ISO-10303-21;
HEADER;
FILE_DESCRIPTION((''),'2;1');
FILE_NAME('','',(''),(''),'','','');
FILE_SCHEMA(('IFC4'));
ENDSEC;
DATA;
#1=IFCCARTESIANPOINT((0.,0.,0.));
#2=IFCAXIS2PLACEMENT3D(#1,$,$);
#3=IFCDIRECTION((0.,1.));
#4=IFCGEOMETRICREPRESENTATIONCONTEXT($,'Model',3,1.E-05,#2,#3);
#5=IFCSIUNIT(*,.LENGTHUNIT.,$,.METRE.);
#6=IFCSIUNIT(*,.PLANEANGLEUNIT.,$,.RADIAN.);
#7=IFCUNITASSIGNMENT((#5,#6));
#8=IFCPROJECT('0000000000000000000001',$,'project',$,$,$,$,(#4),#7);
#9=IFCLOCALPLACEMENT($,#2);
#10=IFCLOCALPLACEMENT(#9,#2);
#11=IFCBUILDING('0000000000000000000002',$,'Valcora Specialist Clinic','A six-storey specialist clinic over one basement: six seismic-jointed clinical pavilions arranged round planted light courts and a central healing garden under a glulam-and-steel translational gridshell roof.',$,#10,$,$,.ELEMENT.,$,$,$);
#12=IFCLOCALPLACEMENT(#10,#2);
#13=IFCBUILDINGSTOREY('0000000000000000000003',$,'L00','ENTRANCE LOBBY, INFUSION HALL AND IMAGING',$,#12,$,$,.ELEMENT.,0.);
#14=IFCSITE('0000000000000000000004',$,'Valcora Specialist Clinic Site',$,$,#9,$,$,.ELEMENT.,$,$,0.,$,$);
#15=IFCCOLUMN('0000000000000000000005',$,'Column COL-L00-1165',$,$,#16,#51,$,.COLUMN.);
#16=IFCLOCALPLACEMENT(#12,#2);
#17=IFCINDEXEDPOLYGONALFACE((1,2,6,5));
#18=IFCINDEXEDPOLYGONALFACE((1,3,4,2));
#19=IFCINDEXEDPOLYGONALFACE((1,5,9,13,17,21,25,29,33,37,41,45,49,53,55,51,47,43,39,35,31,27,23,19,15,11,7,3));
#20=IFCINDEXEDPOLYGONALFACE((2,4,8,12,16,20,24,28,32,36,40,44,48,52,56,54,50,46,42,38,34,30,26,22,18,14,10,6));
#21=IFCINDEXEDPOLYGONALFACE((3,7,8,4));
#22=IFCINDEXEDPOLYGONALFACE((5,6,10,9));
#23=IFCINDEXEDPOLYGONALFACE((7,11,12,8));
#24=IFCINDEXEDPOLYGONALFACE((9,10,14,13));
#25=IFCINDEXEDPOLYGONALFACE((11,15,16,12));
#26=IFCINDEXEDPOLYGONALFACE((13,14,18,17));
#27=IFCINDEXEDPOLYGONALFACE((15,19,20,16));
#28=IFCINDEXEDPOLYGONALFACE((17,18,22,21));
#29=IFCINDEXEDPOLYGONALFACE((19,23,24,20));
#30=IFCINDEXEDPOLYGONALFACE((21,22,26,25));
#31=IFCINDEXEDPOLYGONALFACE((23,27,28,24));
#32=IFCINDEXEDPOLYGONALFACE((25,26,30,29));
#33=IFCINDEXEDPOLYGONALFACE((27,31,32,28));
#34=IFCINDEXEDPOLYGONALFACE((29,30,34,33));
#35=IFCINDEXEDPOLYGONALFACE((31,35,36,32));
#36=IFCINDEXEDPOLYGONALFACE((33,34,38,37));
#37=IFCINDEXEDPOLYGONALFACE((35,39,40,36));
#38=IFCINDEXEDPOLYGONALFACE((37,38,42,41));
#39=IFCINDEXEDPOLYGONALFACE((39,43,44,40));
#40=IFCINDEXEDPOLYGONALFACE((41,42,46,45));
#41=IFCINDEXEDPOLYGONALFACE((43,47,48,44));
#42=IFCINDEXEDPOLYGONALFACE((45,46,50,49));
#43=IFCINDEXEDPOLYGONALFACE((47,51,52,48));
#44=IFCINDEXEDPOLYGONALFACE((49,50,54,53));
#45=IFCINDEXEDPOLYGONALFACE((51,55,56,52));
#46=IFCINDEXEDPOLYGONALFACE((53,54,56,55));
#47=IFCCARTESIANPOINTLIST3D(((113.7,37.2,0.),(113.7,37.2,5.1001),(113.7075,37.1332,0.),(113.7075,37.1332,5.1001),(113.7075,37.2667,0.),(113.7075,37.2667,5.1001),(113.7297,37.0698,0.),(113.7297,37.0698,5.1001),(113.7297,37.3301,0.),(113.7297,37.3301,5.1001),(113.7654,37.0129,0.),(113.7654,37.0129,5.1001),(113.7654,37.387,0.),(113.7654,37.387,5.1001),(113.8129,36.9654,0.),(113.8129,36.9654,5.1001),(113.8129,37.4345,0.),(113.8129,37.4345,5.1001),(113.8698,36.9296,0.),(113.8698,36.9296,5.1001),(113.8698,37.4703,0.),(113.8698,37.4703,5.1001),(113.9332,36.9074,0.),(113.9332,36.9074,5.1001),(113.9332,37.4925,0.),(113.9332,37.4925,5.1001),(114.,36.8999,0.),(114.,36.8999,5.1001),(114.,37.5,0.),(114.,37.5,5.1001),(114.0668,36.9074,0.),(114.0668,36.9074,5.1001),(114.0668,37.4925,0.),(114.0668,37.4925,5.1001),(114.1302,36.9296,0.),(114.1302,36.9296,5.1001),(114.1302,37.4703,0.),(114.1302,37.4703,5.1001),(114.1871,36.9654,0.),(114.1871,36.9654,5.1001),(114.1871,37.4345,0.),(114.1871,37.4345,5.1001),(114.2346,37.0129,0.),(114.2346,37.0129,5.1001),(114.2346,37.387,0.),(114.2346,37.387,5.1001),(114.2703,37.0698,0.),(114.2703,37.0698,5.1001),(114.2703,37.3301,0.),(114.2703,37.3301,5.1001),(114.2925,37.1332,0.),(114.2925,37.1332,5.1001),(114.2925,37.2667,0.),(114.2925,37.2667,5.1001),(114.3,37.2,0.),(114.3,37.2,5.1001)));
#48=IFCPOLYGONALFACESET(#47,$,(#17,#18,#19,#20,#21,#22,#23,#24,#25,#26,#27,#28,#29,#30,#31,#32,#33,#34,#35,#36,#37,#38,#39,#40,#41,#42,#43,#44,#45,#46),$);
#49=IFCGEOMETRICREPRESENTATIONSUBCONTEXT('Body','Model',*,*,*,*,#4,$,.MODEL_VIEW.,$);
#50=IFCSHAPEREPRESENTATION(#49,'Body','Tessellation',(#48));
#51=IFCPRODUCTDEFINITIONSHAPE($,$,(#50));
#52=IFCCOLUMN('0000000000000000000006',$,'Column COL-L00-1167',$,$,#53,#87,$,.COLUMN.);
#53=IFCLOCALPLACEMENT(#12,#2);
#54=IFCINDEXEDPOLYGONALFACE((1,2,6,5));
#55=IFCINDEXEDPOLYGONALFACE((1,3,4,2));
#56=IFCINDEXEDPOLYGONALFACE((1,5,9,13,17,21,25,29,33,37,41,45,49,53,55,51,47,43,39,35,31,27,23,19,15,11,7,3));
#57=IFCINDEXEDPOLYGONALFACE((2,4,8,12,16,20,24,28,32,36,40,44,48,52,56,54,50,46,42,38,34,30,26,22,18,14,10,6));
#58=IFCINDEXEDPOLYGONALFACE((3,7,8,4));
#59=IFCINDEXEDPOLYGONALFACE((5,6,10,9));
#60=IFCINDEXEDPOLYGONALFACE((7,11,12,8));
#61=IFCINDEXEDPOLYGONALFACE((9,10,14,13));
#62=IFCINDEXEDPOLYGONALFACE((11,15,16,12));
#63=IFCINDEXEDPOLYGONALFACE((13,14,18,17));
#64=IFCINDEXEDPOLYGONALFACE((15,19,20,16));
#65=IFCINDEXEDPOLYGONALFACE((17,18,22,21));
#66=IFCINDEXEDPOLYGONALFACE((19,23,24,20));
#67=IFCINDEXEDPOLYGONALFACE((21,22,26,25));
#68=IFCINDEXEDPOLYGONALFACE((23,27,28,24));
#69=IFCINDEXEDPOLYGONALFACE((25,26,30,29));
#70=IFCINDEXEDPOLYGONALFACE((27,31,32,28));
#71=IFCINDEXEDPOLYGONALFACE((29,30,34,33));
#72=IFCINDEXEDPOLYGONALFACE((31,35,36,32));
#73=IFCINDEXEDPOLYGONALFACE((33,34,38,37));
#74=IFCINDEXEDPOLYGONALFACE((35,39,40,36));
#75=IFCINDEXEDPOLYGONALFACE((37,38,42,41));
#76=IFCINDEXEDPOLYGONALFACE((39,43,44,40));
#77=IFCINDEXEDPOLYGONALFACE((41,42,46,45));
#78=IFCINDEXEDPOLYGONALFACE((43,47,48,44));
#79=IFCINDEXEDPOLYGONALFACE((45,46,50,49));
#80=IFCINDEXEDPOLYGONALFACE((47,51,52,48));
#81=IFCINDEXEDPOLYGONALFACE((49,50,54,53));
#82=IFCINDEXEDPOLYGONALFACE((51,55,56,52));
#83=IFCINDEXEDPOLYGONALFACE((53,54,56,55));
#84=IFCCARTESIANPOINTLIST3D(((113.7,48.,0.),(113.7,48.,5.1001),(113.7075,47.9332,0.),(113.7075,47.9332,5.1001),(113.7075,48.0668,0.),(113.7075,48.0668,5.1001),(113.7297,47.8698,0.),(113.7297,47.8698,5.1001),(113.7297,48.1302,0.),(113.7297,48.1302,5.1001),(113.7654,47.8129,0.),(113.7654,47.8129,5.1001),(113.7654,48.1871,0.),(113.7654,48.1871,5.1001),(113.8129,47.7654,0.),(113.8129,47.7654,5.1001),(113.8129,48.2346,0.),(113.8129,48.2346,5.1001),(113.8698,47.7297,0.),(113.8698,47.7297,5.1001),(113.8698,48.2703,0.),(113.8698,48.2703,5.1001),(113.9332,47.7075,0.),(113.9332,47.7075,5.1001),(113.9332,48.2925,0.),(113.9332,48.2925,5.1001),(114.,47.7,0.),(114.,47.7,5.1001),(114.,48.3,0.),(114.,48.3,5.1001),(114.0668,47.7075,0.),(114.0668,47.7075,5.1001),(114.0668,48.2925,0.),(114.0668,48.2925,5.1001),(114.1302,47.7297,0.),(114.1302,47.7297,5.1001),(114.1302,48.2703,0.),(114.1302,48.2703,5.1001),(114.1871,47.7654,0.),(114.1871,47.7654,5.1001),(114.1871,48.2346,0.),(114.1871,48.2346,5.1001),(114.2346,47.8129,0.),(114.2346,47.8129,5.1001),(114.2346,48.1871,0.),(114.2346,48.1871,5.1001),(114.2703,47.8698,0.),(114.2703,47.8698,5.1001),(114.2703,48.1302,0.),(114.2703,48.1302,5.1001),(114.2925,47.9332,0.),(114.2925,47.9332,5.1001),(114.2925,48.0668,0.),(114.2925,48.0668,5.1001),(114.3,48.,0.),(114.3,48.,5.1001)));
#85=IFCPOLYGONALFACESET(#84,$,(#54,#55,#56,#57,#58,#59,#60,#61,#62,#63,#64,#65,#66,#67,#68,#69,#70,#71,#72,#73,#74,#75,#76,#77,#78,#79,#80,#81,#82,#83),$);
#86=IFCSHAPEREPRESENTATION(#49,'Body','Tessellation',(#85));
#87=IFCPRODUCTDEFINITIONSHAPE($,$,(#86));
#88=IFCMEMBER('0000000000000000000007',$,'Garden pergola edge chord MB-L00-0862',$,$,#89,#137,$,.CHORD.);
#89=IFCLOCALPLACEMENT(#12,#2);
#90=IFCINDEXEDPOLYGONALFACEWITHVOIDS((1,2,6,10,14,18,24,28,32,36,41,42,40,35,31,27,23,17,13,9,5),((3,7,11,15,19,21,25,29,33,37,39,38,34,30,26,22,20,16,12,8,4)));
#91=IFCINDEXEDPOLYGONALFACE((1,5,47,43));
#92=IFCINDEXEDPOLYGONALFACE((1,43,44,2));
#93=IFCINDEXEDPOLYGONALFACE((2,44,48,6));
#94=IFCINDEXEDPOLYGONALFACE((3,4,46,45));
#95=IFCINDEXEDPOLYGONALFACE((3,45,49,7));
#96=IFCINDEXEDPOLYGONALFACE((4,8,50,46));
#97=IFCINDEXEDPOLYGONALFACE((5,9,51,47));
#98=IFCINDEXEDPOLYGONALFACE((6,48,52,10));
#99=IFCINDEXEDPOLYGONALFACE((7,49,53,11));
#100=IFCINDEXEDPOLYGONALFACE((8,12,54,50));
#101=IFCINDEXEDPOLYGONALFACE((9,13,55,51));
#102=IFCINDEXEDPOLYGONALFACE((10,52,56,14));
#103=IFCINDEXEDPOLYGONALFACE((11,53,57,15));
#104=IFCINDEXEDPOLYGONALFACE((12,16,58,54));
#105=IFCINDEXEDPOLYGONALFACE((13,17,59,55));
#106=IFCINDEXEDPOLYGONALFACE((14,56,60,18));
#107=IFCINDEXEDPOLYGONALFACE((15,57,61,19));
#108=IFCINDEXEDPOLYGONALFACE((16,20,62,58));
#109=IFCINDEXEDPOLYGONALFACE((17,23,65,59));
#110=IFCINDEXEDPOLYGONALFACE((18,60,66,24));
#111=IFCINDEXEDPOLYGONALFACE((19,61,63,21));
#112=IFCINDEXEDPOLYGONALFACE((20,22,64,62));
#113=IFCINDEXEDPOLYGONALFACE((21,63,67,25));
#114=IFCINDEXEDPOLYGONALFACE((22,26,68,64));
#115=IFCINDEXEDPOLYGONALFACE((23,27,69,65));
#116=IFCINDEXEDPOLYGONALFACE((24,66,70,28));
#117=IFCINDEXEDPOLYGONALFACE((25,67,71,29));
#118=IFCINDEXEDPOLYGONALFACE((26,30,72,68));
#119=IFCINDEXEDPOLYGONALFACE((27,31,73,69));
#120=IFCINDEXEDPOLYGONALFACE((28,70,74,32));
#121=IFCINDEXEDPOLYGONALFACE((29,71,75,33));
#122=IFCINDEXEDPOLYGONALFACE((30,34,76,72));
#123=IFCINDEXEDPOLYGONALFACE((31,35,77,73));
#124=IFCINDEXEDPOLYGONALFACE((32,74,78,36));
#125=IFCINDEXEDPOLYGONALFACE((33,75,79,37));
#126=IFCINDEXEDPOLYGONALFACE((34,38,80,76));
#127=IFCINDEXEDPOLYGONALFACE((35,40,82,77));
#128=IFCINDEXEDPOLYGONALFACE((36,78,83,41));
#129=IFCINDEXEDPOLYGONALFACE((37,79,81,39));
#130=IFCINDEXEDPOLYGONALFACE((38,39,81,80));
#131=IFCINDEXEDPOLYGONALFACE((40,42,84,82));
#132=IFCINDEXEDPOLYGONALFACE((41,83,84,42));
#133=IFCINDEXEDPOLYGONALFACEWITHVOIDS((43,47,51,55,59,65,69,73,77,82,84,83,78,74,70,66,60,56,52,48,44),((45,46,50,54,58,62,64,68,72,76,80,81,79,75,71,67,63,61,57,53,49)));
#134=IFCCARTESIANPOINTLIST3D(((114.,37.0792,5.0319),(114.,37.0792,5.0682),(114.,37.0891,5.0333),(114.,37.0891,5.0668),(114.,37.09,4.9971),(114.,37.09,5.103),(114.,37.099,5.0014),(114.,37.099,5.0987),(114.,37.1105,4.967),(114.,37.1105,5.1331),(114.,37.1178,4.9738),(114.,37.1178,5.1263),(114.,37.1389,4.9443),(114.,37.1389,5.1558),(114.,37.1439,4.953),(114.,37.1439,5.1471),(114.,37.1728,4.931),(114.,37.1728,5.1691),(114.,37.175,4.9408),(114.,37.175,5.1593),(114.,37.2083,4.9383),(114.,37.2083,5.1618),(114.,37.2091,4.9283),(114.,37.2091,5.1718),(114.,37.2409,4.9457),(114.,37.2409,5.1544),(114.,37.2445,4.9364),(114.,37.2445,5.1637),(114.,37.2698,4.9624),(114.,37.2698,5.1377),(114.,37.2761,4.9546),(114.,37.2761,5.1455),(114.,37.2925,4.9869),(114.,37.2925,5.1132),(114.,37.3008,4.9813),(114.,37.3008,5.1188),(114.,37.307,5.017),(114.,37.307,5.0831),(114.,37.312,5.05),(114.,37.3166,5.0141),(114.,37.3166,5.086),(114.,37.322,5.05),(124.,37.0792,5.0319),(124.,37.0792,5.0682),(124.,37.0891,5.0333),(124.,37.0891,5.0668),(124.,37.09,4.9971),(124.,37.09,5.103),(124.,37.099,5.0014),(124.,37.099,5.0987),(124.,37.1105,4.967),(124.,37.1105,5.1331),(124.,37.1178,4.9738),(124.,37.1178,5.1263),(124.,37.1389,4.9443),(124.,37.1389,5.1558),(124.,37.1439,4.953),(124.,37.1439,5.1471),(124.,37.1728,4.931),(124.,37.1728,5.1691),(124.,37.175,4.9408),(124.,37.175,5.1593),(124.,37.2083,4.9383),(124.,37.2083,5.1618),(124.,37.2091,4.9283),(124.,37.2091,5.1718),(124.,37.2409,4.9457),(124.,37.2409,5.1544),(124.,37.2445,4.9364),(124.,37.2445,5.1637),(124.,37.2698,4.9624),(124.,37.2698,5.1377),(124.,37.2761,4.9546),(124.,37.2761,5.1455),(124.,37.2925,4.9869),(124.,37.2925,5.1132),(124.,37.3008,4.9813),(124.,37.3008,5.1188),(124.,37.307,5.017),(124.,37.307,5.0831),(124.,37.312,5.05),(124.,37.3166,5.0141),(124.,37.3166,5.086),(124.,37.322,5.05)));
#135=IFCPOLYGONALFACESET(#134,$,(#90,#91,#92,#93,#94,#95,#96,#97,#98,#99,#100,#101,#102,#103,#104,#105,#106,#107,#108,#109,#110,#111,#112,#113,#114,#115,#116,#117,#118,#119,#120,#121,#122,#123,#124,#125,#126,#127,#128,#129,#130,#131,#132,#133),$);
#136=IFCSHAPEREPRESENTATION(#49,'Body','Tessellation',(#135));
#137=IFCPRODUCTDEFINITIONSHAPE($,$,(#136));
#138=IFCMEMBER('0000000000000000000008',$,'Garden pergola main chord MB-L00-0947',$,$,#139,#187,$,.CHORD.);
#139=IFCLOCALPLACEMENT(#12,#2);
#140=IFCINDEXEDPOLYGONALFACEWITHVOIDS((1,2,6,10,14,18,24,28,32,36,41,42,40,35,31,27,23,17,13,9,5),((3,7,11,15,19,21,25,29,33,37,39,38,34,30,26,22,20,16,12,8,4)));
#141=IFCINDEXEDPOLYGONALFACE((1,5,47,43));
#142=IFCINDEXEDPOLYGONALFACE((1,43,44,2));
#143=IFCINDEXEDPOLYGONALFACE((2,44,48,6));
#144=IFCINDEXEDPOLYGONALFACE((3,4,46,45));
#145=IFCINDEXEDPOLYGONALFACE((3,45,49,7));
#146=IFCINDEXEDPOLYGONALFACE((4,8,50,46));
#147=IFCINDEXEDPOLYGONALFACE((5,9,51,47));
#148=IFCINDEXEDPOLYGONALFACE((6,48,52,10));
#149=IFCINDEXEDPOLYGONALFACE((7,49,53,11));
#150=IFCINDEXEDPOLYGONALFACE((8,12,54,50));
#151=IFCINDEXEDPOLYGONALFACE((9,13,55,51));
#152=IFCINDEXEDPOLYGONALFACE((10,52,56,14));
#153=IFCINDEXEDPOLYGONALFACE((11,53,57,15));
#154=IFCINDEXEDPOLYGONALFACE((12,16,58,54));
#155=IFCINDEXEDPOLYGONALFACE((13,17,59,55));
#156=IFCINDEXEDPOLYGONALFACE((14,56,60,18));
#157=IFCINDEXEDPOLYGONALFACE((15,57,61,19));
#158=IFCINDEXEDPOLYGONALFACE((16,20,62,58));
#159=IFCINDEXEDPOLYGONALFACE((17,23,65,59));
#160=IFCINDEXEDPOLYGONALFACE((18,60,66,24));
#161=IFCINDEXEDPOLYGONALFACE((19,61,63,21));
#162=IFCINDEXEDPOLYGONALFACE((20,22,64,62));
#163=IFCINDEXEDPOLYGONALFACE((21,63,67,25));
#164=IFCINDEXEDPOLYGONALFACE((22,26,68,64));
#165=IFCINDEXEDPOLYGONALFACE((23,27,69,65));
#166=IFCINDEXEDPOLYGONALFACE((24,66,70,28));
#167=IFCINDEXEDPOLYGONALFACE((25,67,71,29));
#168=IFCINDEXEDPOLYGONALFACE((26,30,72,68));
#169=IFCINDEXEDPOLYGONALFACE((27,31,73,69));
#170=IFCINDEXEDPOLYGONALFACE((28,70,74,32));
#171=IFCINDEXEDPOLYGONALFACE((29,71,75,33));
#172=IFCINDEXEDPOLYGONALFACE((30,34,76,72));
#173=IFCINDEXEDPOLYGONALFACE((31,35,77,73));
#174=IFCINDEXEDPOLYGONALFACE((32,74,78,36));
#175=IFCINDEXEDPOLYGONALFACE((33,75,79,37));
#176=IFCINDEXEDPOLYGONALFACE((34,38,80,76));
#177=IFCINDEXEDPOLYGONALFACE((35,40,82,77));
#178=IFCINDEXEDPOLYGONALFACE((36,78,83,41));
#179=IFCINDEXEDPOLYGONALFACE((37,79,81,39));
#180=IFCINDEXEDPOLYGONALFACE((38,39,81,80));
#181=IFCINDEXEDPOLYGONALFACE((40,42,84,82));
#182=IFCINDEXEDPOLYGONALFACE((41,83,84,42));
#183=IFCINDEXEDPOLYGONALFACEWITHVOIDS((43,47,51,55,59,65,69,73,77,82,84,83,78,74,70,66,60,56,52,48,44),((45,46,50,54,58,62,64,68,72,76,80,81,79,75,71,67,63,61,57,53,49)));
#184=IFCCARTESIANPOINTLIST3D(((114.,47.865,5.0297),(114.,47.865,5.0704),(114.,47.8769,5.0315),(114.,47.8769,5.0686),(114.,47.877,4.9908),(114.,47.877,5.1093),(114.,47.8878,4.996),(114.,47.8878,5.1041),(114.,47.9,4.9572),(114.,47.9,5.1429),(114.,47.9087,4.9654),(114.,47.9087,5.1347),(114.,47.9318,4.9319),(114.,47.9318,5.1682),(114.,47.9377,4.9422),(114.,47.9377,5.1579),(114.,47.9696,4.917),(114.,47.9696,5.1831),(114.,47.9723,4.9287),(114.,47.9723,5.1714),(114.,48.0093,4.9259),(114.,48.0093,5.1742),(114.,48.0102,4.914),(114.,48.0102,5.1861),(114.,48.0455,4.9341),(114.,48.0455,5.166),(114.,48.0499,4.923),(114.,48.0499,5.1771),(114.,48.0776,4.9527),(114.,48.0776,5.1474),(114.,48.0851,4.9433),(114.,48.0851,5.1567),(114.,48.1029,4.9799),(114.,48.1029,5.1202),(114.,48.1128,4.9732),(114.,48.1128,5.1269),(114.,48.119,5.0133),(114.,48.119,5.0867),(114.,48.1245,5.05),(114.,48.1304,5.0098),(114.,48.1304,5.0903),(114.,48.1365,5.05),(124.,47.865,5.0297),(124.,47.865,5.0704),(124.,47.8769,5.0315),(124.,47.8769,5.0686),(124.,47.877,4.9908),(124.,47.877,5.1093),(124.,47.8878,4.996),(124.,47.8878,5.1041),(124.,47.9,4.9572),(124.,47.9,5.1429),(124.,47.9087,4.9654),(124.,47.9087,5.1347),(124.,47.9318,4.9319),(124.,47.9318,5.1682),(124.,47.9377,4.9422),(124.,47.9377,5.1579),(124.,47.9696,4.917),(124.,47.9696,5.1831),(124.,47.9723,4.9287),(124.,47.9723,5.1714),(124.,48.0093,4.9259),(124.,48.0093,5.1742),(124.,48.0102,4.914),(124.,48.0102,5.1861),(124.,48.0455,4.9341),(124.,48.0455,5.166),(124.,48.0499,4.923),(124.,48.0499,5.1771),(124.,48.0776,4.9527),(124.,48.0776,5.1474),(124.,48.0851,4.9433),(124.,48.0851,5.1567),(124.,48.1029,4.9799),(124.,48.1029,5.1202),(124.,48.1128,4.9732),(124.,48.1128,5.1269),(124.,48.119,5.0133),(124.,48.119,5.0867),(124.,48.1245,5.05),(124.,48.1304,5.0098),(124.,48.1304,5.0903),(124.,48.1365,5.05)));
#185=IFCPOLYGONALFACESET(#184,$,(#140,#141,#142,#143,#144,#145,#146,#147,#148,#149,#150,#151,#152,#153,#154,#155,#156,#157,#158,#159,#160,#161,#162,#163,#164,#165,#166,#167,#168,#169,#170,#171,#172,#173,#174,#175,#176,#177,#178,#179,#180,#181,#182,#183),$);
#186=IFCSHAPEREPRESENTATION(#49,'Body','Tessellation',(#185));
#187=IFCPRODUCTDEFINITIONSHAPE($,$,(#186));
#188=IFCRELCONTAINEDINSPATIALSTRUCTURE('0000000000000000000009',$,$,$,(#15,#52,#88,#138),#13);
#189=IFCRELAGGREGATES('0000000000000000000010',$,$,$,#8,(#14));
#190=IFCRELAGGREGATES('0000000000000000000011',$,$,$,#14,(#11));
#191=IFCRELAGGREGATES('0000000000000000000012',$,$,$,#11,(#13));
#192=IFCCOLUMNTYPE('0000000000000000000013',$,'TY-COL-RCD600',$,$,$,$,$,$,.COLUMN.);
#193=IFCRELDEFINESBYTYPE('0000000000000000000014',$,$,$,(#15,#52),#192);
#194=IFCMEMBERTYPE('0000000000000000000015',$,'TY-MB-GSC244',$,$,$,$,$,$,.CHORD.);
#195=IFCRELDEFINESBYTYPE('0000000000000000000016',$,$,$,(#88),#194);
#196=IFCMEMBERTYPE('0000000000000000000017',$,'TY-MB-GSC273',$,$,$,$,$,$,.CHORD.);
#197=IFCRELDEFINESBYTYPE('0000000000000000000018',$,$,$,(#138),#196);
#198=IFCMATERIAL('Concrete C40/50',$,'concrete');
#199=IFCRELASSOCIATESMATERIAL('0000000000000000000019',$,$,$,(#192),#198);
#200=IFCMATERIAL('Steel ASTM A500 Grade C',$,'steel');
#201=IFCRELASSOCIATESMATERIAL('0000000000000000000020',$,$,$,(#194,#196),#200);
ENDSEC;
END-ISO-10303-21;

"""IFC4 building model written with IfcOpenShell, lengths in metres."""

from ifc_helpers import new_model, si_unit, direction, frame, origin, origin_2d, place, context, subcontext, project, spatial, circle, hollow_circle, extrude, material, material_profile, profile_set, type_object, element, save


model = new_model("IFC4")

# Units and contexts
model_context = context("Model", 3, precision=1e-05, world=origin(), true_north=direction((0.0, 1.0)))
body_context = subcontext(model_context, "Body", "Model", "MODEL_VIEW")
ifc_project = project(units=[si_unit("LENGTHUNIT", "METRE"), si_unit("PLANEANGLEUNIT", "RADIAN")], contexts=[model_context])

# Site, building, storey
site_placement = place(None, origin())
site = spatial("IfcSite", under=ifc_project, at=site_placement, Name="Valcora Specialist Clinic Site", CompositionType="ELEMENT", RefElevation=0.0)
building_placement = place(site_placement, origin())
building = spatial("IfcBuilding", under=site, at=building_placement, Name="Valcora Specialist Clinic", Description="A six-storey specialist clinic over one basement: six seismic-jointed clinical pavilions arranged round planted light courts and a central healing garden under a glulam-and-steel translational gridshell roof.", CompositionType="ELEMENT")
storey_placement = place(building_placement, origin())
storey = spatial("IfcBuildingStorey", under=building, at=storey_placement, Name="L00", Description="ENTRANCE LOBBY, INFUSION HALL AND IMAGING", CompositionType="ELEMENT", Elevation=0.0)

# Columns
ifc_material_1 = material(Name="Concrete C40/50", Category="concrete")
ifc_material_profile_1 = material_profile(ifc_material_1, circle(Radius=0.3, at=origin_2d()), Name="RC-COL-D600")
ifc_profile_set_1 = profile_set([ifc_material_profile_1], Name="Concrete C40/50")
column_type = type_object("IfcColumnType", Name="TY-COL-RCD600", PredefinedType="COLUMN", material=ifc_profile_set_1)
for number, where, z_axis, x_axis, name in (
    (1, (114.0, 37.2, 0.0), (0.0, 0.0, 1.0), (1.0, 0.0, 0.0), "Column COL-L00-1165"),
    (2, (114.0, 48.0, 0.0), (0.0, 0.0, 1.0), (1.0, 0.0, 0.0), "Column COL-L00-1167"),
):
    element("IfcColumn", number, at=place(storey_placement, frame(where, z_axis=z_axis, x_axis=x_axis)), inside=storey, type_object=column_type, Name=name, PredefinedType="COLUMN", context=body_context, shape_type="SweptSolid", body=[
        extrude(circle(Radius=0.3, at=origin_2d()), origin(), (0.0, 0.0, 1.0), 5.1001),
    ])

# Members
ifc_material_2 = material(Name="Steel ASTM A500 Grade C", Category="steel")
ifc_material_profile_2 = material_profile(ifc_material_2, hollow_circle(Radius=0.1221, WallThickness=0.01, at=origin_2d()), Name="ST-CHS-244X10")
ifc_profile_set_2 = profile_set([ifc_material_profile_2], Name="Steel ASTM A500 Grade C")
member_type_1 = type_object("IfcMemberType", Name="TY-MB-GSC244", PredefinedType="CHORD", material=ifc_profile_set_2)
member_1_placement = place(storey_placement, frame((114.0, 37.2, 5.05), z_axis=(1.0, 0.0, 0.0), x_axis=(0.0, 1.0, 0.0)))
element("IfcMember", 3, at=member_1_placement, inside=storey, type_object=member_type_1, Name="Garden pergola edge chord MB-L00-0862", PredefinedType="CHORD", context=body_context, shape_type="SweptSolid", body=[
    extrude(hollow_circle(Radius=0.1221, WallThickness=0.01, at=origin_2d()), origin(), (0.0, 0.0, 1.0), 10.0),
])
ifc_material_profile_3 = material_profile(ifc_material_2, hollow_circle(Radius=0.1365, WallThickness=0.012, at=origin_2d()), Name="ST-CHS-273X12")
ifc_profile_set_3 = profile_set([ifc_material_profile_3], Name="Steel ASTM A500 Grade C")
member_type_2 = type_object("IfcMemberType", Name="TY-MB-GSC273", PredefinedType="CHORD", material=ifc_profile_set_3)
member_2_placement = place(storey_placement, frame((114.0, 48.0, 5.05), z_axis=(1.0, 0.0, 0.0), x_axis=(0.0, 1.0, 0.0)))
element("IfcMember", 4, at=member_2_placement, inside=storey, type_object=member_type_2, Name="Garden pergola main chord MB-L00-0947", PredefinedType="CHORD", context=body_context, shape_type="SweptSolid", body=[
    extrude(hollow_circle(Radius=0.1365, WallThickness=0.012, at=origin_2d()), origin(), (0.0, 0.0, 1.0), 10.0),
])

save(model, "model.ifc")
